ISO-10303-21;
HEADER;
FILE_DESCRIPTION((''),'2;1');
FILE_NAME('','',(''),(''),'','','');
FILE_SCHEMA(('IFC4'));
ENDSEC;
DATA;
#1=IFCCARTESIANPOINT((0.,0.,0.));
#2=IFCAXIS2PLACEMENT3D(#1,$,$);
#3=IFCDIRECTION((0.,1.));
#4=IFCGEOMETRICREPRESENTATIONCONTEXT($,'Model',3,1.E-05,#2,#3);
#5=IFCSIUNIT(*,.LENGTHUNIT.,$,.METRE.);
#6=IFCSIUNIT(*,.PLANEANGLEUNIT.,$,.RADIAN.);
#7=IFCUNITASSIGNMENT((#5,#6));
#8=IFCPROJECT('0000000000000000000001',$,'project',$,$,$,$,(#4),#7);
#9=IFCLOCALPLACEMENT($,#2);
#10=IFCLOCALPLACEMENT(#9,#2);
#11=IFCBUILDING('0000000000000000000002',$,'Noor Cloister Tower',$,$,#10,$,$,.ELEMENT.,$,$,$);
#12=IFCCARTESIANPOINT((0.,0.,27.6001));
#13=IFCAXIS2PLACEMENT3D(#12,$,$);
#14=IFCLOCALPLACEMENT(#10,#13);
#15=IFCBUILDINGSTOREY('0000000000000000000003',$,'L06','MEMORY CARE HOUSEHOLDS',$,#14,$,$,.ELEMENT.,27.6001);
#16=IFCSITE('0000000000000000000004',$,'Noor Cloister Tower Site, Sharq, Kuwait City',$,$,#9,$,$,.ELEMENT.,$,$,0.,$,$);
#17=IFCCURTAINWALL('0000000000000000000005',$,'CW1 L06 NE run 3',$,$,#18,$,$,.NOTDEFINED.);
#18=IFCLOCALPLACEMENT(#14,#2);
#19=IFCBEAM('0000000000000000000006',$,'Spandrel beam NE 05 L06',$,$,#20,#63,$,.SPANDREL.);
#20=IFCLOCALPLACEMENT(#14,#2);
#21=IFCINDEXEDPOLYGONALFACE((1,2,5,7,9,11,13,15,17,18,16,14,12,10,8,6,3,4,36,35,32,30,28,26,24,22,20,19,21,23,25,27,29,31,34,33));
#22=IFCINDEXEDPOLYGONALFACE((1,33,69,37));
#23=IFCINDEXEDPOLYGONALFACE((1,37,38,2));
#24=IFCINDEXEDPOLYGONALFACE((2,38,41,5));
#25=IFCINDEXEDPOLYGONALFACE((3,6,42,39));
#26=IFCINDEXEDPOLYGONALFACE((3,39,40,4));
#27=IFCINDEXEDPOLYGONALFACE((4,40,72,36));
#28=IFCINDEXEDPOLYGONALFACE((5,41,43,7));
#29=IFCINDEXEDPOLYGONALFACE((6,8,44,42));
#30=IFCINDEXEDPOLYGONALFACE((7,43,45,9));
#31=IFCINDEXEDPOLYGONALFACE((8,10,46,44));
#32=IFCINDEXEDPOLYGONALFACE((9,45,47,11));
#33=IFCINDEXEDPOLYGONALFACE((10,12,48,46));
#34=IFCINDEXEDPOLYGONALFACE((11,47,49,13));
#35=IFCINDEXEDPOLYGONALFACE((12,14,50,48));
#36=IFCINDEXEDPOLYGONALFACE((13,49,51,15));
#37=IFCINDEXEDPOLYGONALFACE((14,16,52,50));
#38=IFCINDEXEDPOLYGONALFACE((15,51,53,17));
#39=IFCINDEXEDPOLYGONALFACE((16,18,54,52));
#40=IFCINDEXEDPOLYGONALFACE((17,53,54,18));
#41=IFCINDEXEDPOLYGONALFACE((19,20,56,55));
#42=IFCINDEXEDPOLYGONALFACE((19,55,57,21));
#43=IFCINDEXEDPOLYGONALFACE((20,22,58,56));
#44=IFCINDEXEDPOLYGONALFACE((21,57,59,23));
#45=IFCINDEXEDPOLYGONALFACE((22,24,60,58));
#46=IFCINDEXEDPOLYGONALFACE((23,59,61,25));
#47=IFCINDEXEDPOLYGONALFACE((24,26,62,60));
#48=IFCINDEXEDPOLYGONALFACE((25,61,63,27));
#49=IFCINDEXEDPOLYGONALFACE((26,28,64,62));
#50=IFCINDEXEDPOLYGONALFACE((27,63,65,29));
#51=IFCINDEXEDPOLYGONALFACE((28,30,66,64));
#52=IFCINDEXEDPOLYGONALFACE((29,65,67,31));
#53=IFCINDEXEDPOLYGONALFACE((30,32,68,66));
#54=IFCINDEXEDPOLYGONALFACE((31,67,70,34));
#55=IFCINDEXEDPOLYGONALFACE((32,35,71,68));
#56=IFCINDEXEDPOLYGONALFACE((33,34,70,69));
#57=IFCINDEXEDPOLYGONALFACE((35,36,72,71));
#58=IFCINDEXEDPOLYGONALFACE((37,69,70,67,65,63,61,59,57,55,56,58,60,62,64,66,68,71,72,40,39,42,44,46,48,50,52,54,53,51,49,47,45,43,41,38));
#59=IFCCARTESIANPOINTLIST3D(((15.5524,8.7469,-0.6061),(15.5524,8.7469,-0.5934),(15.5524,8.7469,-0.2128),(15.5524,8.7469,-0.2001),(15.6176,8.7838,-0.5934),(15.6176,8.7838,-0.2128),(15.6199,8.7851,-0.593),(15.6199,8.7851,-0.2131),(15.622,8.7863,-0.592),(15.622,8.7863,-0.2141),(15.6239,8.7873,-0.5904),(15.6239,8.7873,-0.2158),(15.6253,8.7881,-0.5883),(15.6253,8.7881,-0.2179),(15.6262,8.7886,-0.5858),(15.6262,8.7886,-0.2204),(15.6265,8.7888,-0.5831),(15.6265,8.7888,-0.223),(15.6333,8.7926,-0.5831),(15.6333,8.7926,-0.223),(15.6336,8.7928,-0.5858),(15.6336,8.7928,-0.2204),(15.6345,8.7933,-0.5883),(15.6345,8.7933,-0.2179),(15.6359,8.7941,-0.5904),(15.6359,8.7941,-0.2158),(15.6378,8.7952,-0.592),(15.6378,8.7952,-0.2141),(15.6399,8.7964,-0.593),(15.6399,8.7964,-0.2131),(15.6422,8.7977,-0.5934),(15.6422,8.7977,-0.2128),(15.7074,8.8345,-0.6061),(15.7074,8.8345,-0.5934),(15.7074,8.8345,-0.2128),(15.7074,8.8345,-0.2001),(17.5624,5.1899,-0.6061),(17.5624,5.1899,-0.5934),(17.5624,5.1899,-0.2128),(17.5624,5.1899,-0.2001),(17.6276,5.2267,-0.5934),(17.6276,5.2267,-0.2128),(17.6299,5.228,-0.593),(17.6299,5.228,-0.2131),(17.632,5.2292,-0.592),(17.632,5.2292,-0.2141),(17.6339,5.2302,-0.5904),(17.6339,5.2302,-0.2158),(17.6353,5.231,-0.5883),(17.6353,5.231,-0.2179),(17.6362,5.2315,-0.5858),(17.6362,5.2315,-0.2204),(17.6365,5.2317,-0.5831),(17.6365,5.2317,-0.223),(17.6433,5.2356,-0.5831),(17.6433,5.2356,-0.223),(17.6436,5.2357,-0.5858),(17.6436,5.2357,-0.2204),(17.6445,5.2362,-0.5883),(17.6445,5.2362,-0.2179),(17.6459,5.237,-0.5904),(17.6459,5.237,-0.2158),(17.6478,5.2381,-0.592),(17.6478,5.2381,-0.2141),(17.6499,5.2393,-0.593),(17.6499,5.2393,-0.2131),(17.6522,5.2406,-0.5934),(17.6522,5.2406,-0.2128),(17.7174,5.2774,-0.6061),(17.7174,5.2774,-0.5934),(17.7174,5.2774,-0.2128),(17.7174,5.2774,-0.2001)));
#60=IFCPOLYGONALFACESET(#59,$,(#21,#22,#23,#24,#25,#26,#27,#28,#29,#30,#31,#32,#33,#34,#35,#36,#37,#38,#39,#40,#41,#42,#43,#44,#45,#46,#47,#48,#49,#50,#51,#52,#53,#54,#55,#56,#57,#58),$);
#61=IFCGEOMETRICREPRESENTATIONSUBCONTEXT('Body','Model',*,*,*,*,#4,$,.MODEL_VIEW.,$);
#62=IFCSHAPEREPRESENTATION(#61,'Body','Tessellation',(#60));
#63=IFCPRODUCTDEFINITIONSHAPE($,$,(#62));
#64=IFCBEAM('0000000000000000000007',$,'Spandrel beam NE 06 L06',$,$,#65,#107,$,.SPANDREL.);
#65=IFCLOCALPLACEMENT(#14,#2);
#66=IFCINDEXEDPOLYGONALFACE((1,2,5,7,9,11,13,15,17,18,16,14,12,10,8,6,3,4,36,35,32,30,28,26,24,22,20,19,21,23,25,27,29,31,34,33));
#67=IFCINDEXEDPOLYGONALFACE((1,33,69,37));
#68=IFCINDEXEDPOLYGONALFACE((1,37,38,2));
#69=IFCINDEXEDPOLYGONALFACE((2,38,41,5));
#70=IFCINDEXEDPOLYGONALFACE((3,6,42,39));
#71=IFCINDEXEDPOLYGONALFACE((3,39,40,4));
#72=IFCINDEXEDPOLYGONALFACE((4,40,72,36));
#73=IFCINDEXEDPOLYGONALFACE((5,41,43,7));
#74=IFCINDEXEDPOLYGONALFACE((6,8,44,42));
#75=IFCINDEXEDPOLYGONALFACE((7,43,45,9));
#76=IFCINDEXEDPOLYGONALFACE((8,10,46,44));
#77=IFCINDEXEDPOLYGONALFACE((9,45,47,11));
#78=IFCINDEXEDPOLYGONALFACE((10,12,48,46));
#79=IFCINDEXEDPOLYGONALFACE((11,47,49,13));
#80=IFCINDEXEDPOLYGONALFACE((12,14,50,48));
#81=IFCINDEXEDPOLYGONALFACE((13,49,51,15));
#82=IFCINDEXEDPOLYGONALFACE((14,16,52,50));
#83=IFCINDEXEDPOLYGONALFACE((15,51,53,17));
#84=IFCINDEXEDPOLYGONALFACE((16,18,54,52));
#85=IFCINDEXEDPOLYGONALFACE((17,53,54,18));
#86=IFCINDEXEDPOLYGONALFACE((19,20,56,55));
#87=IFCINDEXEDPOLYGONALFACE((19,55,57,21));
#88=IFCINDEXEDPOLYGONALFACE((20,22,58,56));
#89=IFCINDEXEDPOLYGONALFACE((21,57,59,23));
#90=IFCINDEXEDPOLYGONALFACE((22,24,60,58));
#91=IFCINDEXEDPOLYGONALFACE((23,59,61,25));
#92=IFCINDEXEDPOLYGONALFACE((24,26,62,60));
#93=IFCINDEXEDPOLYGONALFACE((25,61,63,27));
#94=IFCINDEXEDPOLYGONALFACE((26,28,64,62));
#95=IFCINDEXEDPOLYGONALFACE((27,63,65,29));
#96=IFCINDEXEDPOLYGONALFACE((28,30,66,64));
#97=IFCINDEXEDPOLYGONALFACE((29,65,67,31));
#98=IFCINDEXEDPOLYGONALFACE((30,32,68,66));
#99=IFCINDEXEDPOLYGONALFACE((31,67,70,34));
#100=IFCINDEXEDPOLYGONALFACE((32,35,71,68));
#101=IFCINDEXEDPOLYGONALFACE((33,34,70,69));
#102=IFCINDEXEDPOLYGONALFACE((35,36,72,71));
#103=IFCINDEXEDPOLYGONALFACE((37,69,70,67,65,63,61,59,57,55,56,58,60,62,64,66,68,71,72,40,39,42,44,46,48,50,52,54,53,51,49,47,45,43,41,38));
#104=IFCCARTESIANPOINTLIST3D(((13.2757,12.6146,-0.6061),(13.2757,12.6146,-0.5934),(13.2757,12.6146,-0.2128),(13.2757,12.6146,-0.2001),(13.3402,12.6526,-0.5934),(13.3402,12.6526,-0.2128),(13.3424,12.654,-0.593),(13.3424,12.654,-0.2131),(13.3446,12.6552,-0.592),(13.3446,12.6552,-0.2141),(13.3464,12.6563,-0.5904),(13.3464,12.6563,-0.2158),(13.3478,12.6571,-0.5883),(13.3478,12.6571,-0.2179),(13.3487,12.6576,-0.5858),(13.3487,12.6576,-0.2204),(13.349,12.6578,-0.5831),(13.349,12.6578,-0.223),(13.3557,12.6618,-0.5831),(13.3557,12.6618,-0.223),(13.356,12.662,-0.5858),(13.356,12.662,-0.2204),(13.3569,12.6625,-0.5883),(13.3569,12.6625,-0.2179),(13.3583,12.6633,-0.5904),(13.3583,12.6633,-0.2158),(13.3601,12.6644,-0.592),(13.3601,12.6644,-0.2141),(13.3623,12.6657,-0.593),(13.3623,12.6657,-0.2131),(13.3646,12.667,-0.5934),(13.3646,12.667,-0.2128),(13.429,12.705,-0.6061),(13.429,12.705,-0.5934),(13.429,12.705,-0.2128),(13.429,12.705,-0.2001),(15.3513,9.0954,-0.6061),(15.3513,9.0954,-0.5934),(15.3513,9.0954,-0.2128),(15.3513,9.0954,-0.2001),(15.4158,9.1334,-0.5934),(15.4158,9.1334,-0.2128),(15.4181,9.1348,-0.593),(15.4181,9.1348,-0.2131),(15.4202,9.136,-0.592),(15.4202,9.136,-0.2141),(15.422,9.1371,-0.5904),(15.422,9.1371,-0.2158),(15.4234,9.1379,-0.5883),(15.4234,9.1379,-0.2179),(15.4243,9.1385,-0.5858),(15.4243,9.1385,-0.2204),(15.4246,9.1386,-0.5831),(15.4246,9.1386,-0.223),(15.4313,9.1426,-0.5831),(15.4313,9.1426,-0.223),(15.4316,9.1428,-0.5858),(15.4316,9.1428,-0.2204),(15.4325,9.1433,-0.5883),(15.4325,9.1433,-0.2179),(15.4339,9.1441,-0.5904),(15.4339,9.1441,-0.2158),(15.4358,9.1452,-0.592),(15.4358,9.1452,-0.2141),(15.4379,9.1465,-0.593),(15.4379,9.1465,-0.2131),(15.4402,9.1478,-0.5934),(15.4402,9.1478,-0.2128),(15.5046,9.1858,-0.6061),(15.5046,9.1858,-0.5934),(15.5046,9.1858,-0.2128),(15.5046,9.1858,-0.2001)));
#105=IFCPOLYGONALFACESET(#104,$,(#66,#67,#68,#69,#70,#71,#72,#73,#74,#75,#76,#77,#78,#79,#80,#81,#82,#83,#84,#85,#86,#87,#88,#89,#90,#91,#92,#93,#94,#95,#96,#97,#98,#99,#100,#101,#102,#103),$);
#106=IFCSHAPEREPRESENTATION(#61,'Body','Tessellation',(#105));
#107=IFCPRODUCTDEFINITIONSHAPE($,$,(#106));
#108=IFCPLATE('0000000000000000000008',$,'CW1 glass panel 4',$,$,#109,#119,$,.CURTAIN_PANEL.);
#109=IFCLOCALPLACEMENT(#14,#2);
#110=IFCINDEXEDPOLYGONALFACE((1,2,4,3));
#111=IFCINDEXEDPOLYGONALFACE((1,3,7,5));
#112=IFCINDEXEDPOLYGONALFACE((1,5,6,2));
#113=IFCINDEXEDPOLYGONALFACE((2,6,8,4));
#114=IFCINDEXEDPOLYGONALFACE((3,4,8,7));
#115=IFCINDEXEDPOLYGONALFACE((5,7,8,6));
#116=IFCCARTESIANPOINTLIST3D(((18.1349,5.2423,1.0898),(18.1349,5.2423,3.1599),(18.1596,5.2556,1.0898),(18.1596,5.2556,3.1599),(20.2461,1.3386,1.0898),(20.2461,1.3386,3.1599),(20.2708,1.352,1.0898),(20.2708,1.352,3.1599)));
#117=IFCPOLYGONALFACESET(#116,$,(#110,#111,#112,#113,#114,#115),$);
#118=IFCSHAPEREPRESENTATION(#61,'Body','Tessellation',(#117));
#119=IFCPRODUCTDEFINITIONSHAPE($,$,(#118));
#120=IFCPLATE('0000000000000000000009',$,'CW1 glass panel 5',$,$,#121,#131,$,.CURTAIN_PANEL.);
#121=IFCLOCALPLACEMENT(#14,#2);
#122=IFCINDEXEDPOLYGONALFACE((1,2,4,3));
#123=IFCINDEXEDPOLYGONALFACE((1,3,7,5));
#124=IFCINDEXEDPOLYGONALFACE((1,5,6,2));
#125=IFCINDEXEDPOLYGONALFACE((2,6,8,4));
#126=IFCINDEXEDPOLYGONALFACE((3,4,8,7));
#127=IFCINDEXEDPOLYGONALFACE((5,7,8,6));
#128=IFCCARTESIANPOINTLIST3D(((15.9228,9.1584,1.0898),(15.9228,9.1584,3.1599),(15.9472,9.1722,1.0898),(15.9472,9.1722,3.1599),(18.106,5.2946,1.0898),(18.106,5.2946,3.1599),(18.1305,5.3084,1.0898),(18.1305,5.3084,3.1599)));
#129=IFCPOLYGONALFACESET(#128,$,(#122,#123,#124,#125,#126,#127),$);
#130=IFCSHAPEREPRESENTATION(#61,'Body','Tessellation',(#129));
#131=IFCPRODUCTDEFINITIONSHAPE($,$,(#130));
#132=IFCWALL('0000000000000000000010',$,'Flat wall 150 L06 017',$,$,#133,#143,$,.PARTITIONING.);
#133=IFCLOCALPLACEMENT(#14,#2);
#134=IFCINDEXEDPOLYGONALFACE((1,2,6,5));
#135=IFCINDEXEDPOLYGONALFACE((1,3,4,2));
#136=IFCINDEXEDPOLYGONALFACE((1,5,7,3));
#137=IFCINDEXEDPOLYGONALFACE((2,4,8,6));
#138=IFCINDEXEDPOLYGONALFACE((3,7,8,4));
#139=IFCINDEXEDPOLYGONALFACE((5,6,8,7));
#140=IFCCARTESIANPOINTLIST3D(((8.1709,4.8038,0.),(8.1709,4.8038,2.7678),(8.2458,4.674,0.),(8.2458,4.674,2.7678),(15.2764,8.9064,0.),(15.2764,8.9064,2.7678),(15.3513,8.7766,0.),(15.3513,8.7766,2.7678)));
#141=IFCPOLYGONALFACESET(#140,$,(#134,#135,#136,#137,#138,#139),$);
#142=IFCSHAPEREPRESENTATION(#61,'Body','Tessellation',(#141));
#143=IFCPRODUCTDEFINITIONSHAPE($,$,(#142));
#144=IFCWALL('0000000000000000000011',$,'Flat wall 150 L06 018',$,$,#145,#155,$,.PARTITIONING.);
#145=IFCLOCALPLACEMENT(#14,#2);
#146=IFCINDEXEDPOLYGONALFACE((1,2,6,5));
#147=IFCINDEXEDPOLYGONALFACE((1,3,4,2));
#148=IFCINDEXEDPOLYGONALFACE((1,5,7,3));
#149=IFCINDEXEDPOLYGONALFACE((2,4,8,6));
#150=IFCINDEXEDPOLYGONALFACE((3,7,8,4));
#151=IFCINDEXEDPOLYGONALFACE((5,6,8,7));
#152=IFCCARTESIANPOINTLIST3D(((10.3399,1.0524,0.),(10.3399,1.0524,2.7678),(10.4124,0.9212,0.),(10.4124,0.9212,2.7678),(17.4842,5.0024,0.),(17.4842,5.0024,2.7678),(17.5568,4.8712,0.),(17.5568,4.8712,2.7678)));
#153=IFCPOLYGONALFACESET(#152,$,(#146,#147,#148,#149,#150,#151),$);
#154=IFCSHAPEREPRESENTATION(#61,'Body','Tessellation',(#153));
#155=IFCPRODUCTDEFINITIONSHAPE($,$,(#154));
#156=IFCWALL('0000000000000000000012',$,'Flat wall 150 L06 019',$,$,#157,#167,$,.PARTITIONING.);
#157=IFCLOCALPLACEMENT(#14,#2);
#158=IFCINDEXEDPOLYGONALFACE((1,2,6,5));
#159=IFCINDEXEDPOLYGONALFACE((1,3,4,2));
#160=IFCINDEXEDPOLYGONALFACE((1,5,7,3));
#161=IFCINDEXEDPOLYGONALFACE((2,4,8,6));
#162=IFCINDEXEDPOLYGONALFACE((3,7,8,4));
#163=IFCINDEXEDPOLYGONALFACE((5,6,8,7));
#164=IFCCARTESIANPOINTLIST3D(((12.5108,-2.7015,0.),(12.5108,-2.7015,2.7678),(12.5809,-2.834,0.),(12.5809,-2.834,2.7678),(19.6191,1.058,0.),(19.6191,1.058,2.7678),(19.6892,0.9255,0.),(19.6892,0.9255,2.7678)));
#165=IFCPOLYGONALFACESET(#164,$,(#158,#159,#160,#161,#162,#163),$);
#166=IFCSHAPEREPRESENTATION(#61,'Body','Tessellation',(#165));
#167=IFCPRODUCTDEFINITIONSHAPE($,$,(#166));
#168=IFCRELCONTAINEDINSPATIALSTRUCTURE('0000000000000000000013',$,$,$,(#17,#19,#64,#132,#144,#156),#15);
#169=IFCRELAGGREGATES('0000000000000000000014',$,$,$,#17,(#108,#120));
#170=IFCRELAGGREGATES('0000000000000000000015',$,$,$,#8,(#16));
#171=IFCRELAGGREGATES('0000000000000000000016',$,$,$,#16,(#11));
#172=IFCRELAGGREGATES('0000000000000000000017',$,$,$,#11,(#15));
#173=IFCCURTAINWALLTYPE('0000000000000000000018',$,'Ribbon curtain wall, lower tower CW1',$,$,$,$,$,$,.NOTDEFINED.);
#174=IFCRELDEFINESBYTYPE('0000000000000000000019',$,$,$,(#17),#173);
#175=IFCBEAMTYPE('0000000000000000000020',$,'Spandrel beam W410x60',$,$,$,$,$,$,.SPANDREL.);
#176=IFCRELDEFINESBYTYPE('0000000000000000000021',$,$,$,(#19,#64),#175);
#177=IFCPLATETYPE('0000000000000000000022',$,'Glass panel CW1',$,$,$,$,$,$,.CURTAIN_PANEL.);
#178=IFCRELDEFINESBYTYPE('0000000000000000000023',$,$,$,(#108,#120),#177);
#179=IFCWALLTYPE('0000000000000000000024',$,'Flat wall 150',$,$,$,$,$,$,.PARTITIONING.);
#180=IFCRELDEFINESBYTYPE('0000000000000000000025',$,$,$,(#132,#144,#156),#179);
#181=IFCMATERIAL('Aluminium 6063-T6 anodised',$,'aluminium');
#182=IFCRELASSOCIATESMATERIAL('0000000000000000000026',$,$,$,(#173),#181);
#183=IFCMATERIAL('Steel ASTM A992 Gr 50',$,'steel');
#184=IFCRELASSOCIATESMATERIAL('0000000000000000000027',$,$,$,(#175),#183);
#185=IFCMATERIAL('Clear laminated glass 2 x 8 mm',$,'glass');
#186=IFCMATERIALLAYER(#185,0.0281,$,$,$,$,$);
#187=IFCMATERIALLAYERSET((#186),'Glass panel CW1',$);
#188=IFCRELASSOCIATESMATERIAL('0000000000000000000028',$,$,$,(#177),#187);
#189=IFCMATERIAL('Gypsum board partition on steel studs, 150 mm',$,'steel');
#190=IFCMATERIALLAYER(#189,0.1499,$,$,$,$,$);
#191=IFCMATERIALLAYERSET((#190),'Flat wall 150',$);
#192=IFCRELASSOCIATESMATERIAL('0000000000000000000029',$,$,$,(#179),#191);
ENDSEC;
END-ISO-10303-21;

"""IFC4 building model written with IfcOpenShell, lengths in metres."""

from ifc_helpers import new_model, si_unit, direction, frame, frame_2d, origin, origin_2d, place, context, subcontext, project, spatial, rectangle, i_section, extrude, material, layer, layer_set, material_profile, profile_set, type_object, element, aggregate, save


model = new_model("IFC4")

# Units and contexts
model_context = context("Model", 3, precision=1e-05, world=origin(), true_north=direction((0.0, 1.0)))
body_context = subcontext(model_context, "Body", "Model", "MODEL_VIEW")
ifc_project = project(units=[si_unit("LENGTHUNIT", "METRE"), si_unit("PLANEANGLEUNIT", "RADIAN")], contexts=[model_context])

# Site, building, storey
site_placement = place(None, origin())
site = spatial("IfcSite", under=ifc_project, at=site_placement, Name="Noor Cloister Tower Site, Sharq, Kuwait City", CompositionType="ELEMENT", RefElevation=0.0)
building_placement = place(site_placement, origin())
building = spatial("IfcBuilding", under=site, at=building_placement, Name="Noor Cloister Tower", CompositionType="ELEMENT")
storey_placement = place(building_placement, frame((0.0, 0.0, 27.6001)))
storey = spatial("IfcBuildingStorey", under=building, at=storey_placement, Name="L06", Description="MEMORY CARE HOUSEHOLDS", CompositionType="ELEMENT", Elevation=27.6001)

# Curtain wall
ifc_material_1 = material(Name="Aluminium 6063-T6 anodised", Category="aluminium")
curtain_wall_type = type_object("IfcCurtainWallType", Name="Ribbon curtain wall, lower tower CW1", PredefinedType="NOTDEFINED", material=ifc_material_1)
curtain_wall_placement = place(storey_placement, origin())
curtain_wall = element("IfcCurtainWall", 1, at=curtain_wall_placement, inside=storey, type_object=curtain_wall_type, Name="CW1 L06 NE run 3", PredefinedType="NOTDEFINED")

# Beams
ifc_material_2 = material(Name="Steel ASTM A992 Gr 50", Category="steel")
ifc_material_profile_1 = material_profile(ifc_material_2, i_section(OverallWidth=0.178, OverallDepth=0.406, WebThickness=0.0078, FlangeThickness=0.0127, FilletRadius=0.0103, at=origin_2d()), Name="W410x60")
ifc_profile_set_1 = profile_set([ifc_material_profile_1], Name="Steel ASTM A992 Gr 50")
beam_type_1 = type_object("IfcBeamType", Name="Spandrel beam W410x60", PredefinedType="SPANDREL", material=ifc_profile_set_1)
for number, where, z_axis, x_axis, name in (
    (2, (17.6399, 5.2336, -0.4031), (-0.491957, 0.87062, 0.0), (-0.87062, -0.491957, 0.0), "Spandrel beam NE 05 L06"),
    (3, (15.428, 9.1406, -0.4031), (-0.508023, 0.861344, 0.0), (-0.861344, -0.508023, 0.0), "Spandrel beam NE 06 L06"),
):
    element("IfcBeam", number, at=place(storey_placement, frame(where, z_axis=z_axis, x_axis=x_axis)), inside=storey, type_object=beam_type_1, Name=name, PredefinedType="SPANDREL", context=body_context, shape_type="SweptSolid", body=[
        extrude(i_section(OverallWidth=0.178, OverallDepth=0.406, WebThickness=0.0078, FlangeThickness=0.0127, FilletRadius=0.0103, at=origin_2d()), origin(), (0.0, 0.0, 1.0), 4.0857),
    ])

# Plates
ifc_material_3 = material(Name="Clear laminated glass 2 x 8 mm", Category="glass")
ifc_layer_1 = layer(ifc_material_3, 0.0281)
ifc_layer_set_1 = layer_set([ifc_layer_1], Name="Glass panel CW1")
plate_type = type_object("IfcPlateType", Name="Glass panel CW1", PredefinedType="CURTAIN_PANEL", material=ifc_layer_set_1)
plate_1_placement = place(storey_placement, frame((19.2029, 3.2971, 1.0898), z_axis=(0.0, 0.0, 1.0), x_axis=(-0.475707, 0.879604, 0.0)))
plate_1 = element("IfcPlate", 4, at=plate_1_placement, type_object=plate_type, Name="CW1 glass panel 4", PredefinedType="CURTAIN_PANEL", context=body_context, shape_type="SweptSolid", body=[
    extrude(rectangle(XDim=4.438, YDim=0.0281, at=origin_2d()), origin(), (0.0, 0.0, 1.0), 2.0701),
])
plate_2_placement = place(storey_placement, frame((17.0266, 7.2334, 1.0898), z_axis=(0.0, 0.0, 1.0), x_axis=(-0.491945, 0.870627, 0.0)))
plate_2 = element("IfcPlate", 5, at=plate_2_placement, type_object=plate_type, Name="CW1 glass panel 5", PredefinedType="CURTAIN_PANEL", context=body_context, shape_type="SweptSolid", body=[
    extrude(rectangle(XDim=4.438, YDim=0.0281, at=origin_2d()), origin(), (0.0, 0.0, 1.0), 2.0701),
])
aggregate(curtain_wall, [plate_1, plate_2])

# Walls
ifc_material_4 = material(Name="Gypsum board partition on steel studs, 150 mm", Category="steel")
ifc_layer_2 = layer(ifc_material_4, 0.1499)
ifc_layer_set_2 = layer_set([ifc_layer_2], Name="Flat wall 150")
wall_type = type_object("IfcWallType", Name="Flat wall 150", PredefinedType="PARTITIONING", material=ifc_layer_set_2)
wall_1_placement = place(storey_placement, frame((15.314, 8.8416, 0.0), z_axis=(0.0, 0.0, 1.0), x_axis=(-0.866015, -0.500018, 0.0)))
element("IfcWall", 6, at=wall_1_placement, inside=storey, type_object=wall_type, Name="Flat wall 150 L06 017", PredefinedType="PARTITIONING", context=body_context, shape_type="SweptSolid", body=[
    extrude(rectangle(XDim=8.2048, YDim=0.1499, at=frame_2d((4.1025, 0.0))), origin(), (0.0, 0.0, 1.0), 2.7678),
])
wall_2_placement = place(storey_placement, frame((17.5205, 4.9368, 0.0), z_axis=(0.0, 0.0, 1.0), x_axis=(-0.875149, -0.483854, 0.0)))
element("IfcWall", 7, at=wall_2_placement, inside=storey, type_object=wall_type, Name="Flat wall 150 L06 018", PredefinedType="PARTITIONING", context=body_context, shape_type="SweptSolid", body=[
    extrude(rectangle(XDim=8.1636, YDim=0.1499, at=frame_2d((4.0818, 0.0))), origin(), (0.0, 0.0, 1.0), 2.7678),
])
wall_3_placement = place(storey_placement, frame((19.6541, 0.9917, 0.0), z_axis=(0.0, 0.0, 1.0), x_axis=(-0.883981, -0.467524, 0.0)))
element("IfcWall", 8, at=wall_3_placement, inside=storey, type_object=wall_type, Name="Flat wall 150 L06 019", PredefinedType="PARTITIONING", context=body_context, shape_type="SweptSolid", body=[
    extrude(rectangle(XDim=8.0413, YDim=0.1499, at=frame_2d((4.0205, 0.0))), origin(), (0.0, 0.0, 1.0), 2.7678),
])

save(model, "model.ifc")
